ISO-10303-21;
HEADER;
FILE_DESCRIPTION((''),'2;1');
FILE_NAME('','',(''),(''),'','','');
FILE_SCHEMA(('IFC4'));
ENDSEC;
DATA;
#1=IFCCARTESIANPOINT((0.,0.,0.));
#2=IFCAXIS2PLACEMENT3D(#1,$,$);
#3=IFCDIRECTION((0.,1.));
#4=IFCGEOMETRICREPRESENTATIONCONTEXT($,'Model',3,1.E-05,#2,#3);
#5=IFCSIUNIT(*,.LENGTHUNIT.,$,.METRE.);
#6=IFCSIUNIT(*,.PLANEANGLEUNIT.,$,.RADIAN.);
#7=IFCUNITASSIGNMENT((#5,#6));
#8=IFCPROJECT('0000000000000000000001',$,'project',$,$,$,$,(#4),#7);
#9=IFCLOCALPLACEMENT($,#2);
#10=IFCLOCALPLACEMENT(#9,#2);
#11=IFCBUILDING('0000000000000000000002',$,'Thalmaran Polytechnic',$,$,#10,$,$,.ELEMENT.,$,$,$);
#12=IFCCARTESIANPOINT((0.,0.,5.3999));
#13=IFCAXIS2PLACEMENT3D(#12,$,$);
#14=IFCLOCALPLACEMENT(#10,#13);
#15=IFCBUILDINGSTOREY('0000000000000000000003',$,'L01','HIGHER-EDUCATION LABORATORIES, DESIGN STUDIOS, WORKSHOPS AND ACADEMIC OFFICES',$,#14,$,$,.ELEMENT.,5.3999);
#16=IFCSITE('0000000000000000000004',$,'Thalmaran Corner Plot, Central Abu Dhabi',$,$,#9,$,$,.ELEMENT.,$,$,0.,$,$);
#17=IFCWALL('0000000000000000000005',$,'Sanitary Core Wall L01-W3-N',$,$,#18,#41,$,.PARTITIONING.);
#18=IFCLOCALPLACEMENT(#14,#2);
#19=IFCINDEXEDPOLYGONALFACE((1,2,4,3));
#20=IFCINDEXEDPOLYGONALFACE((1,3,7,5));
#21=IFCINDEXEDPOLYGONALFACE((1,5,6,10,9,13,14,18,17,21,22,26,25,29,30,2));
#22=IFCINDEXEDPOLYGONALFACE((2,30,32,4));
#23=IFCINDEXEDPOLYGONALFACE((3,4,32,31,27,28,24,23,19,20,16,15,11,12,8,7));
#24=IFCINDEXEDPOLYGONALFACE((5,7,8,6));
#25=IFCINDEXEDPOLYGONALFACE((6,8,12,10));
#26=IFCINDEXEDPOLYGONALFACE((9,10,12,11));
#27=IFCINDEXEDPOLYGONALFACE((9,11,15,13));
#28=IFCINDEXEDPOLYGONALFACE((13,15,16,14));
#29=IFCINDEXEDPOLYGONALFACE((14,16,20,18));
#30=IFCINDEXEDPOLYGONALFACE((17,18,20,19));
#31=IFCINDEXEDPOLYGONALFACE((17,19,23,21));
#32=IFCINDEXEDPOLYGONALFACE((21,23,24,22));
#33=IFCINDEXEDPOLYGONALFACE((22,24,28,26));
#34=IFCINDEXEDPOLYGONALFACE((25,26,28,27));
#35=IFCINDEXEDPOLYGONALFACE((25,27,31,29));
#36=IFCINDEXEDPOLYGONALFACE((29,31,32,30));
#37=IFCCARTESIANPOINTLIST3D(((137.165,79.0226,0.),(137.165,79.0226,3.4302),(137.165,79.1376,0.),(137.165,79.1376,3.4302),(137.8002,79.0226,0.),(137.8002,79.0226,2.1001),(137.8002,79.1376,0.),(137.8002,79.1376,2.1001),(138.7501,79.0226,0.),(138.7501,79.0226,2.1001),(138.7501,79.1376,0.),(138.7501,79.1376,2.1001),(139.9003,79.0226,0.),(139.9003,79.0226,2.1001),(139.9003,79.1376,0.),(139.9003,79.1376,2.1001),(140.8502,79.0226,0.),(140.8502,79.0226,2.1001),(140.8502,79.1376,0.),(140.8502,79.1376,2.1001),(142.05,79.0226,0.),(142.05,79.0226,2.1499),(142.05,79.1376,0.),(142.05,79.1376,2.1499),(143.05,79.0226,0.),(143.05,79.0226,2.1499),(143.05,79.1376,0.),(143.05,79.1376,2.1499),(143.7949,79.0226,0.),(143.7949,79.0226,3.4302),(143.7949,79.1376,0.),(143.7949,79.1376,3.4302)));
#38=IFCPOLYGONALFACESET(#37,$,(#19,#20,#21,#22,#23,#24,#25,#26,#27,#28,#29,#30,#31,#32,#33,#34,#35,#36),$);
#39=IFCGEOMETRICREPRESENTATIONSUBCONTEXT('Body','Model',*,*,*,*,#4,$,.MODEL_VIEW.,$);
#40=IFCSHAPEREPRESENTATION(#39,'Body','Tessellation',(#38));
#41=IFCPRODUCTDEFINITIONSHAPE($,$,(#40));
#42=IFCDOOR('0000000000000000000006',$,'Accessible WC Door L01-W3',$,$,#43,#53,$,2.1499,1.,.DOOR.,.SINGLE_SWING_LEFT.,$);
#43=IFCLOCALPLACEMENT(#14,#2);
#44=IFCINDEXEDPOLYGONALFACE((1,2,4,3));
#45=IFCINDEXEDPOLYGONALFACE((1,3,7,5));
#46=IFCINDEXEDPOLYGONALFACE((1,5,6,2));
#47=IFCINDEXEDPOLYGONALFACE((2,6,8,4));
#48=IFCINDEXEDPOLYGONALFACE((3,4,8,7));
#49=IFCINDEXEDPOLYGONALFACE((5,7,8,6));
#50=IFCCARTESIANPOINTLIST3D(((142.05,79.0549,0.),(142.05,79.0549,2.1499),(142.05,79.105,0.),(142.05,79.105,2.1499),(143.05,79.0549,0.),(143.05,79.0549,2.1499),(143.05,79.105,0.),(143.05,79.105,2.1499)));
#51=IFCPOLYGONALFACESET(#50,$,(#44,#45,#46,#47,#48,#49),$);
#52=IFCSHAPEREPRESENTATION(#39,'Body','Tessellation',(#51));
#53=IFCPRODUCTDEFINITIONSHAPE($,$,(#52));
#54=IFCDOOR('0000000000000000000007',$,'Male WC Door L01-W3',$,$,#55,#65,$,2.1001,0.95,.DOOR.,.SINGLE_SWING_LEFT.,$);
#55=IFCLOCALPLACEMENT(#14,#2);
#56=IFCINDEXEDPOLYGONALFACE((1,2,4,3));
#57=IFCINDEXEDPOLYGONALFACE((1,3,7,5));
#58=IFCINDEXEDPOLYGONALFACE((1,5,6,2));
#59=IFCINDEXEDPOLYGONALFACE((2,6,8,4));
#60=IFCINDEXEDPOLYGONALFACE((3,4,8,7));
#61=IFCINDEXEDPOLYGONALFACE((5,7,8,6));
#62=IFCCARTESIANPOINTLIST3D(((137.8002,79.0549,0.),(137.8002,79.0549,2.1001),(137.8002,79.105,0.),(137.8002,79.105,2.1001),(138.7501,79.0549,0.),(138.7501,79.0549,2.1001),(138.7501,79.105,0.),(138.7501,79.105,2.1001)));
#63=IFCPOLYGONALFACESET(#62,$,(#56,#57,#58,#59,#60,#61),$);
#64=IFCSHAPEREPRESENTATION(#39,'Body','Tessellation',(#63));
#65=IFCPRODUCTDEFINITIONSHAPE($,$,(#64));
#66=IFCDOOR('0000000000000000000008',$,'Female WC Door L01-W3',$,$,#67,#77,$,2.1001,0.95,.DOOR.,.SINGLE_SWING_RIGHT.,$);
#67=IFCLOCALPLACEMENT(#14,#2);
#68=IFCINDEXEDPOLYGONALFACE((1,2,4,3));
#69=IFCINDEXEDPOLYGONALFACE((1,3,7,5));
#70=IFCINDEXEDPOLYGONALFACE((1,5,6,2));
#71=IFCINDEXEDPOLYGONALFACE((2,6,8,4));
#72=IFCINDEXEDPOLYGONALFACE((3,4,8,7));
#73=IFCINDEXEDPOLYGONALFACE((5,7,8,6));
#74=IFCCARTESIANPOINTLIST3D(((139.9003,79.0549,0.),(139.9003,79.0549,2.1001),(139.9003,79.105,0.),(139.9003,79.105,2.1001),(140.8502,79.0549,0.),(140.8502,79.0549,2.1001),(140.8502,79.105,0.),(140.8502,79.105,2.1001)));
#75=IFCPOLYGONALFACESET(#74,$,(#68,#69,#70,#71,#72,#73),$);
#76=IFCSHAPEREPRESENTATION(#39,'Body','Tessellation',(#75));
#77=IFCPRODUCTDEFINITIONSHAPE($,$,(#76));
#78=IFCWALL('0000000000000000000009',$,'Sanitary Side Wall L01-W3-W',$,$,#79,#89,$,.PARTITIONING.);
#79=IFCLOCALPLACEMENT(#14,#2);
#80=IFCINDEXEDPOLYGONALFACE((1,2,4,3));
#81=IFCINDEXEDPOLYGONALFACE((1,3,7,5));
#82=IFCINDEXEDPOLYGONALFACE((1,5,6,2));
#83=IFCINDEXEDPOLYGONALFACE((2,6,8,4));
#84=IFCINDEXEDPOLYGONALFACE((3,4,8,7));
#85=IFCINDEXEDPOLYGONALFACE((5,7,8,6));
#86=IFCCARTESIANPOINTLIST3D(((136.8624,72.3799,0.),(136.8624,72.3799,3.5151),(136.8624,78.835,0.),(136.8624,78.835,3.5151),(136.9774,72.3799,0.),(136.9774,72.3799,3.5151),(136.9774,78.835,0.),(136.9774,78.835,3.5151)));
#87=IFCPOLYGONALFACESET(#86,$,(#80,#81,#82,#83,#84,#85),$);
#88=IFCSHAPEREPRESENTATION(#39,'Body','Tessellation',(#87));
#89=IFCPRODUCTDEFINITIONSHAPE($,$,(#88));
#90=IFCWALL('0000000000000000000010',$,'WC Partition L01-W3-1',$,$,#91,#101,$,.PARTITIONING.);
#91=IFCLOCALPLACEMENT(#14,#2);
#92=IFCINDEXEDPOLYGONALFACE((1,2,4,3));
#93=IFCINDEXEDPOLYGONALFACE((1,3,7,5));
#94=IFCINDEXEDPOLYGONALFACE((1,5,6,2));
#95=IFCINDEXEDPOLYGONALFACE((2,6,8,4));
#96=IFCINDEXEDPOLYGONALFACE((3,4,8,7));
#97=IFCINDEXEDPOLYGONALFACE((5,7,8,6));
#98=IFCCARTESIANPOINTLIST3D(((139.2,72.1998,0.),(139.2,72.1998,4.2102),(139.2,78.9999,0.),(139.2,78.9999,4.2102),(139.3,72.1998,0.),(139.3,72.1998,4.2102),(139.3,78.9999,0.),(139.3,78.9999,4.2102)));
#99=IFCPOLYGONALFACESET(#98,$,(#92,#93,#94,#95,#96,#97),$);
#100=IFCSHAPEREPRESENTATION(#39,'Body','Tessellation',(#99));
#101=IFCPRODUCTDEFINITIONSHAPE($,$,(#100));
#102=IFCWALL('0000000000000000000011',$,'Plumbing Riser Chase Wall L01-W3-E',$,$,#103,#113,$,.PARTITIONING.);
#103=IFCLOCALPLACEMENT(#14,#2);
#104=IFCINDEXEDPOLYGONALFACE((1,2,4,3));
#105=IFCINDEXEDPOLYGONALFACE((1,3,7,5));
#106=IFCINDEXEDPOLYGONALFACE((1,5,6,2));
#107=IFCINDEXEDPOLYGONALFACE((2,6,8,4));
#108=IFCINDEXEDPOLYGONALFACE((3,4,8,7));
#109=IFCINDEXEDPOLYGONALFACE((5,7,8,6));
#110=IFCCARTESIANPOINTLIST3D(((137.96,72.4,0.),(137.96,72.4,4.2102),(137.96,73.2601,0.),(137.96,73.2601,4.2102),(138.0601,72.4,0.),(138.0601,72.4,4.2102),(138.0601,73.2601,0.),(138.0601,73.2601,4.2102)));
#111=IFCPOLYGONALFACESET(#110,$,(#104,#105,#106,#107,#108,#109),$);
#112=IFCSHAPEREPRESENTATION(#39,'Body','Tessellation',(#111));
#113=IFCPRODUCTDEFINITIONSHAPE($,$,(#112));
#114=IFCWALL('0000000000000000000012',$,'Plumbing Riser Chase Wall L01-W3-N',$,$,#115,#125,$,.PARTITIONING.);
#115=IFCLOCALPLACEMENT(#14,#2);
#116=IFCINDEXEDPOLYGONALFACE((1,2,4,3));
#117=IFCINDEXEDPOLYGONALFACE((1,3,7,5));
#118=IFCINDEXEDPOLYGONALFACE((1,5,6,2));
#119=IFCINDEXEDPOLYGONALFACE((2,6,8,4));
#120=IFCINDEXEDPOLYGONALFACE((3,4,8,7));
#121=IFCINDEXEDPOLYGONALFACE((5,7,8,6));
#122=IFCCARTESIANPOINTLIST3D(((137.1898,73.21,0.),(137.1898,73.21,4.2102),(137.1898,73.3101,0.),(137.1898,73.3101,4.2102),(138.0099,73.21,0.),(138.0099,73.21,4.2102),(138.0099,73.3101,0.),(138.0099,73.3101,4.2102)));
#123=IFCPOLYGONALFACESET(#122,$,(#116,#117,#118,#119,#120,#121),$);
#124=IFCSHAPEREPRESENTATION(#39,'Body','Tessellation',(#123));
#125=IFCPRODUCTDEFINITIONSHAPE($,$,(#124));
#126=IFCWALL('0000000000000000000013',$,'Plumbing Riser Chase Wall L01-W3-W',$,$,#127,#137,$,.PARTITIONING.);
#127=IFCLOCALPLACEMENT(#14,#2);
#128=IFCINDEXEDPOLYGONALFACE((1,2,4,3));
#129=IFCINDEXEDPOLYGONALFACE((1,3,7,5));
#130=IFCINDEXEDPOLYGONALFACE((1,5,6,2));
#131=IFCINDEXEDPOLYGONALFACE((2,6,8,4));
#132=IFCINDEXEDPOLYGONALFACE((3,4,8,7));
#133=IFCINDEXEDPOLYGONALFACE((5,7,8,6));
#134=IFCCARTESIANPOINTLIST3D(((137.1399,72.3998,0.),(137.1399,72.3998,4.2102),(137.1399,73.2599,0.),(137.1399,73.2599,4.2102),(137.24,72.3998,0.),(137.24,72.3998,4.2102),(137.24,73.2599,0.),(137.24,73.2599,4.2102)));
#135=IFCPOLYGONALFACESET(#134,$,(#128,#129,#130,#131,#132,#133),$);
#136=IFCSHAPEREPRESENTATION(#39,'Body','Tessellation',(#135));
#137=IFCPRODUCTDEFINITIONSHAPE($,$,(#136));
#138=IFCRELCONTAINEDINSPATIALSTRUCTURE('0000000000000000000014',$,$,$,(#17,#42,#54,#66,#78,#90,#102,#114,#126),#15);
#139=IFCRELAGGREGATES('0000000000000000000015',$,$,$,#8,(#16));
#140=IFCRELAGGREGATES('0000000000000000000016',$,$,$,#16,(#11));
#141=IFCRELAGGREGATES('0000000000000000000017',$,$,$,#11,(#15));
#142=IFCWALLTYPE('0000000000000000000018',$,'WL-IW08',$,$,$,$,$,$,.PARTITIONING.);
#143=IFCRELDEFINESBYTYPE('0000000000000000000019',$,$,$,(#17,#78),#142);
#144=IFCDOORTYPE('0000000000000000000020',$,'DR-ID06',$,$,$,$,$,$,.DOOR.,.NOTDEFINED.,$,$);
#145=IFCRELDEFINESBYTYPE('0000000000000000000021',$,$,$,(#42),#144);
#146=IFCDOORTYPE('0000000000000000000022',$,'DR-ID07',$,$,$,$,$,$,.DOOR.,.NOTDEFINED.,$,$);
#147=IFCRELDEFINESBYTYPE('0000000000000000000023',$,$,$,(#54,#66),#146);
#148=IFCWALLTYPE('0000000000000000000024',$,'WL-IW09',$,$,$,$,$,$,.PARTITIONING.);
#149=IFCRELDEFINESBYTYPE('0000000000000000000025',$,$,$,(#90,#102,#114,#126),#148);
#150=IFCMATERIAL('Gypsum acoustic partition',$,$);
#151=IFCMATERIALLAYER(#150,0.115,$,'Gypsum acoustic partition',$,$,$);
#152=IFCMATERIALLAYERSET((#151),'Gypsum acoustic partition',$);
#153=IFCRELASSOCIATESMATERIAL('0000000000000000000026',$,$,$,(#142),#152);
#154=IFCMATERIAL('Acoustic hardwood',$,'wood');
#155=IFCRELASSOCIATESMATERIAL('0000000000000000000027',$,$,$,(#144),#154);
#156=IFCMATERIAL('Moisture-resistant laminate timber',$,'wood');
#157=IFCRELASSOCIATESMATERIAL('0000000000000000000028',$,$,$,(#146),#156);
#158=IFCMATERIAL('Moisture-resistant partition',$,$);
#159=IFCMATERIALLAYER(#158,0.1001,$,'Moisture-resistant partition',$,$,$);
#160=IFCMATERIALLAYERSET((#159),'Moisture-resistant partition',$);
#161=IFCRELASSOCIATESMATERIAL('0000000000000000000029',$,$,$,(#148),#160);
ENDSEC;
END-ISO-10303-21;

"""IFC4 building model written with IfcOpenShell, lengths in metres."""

from ifc_helpers import new_model, si_unit, direction, frame, frame_2d, origin, place, context, subcontext, project, spatial, rectangle, extrude, material, layer, layer_set, type_object, element, fill, save


model = new_model("IFC4")

# Units and contexts
model_context = context("Model", 3, precision=1e-05, world=origin(), true_north=direction((0.0, 1.0)))
body_context = subcontext(model_context, "Body", "Model", "MODEL_VIEW")
ifc_project = project(units=[si_unit("LENGTHUNIT", "METRE"), si_unit("PLANEANGLEUNIT", "RADIAN")], contexts=[model_context])

# Site, building, storey
site_placement = place(None, origin())
site = spatial("IfcSite", under=ifc_project, at=site_placement, Name="Thalmaran Corner Plot, Central Abu Dhabi", CompositionType="ELEMENT", RefElevation=0.0)
building_placement = place(site_placement, origin())
building = spatial("IfcBuilding", under=site, at=building_placement, Name="Thalmaran Polytechnic", CompositionType="ELEMENT")
storey_placement = place(building_placement, frame((0.0, 0.0, 5.3999)))
storey = spatial("IfcBuildingStorey", under=building, at=storey_placement, Name="L01", Description="HIGHER-EDUCATION LABORATORIES, DESIGN STUDIOS, WORKSHOPS AND ACADEMIC OFFICES", CompositionType="ELEMENT", Elevation=5.3999)

# Shared definitions
ifc_material_1 = material(Name="Gypsum acoustic partition")
ifc_layer_1 = layer(ifc_material_1, 0.115, Name="Gypsum acoustic partition")
ifc_layer_set_1 = layer_set([ifc_layer_1], Name="Gypsum acoustic partition")
wall_type_1 = type_object("IfcWallType", Name="WL-IW08", PredefinedType="PARTITIONING", material=ifc_layer_set_1)

# Wall, openings, doors
wall_1_placement = place(storey_placement, frame((137.165, 79.0801, 0.0), z_axis=(0.0, 0.0, 1.0), x_axis=(1.0, 0.0, 0.0)))
wall_1 = element("IfcWall", 1, at=wall_1_placement, inside=storey, type_object=wall_type_1, Name="Sanitary Core Wall L01-W3-N", PredefinedType="PARTITIONING", context=body_context, shape_type="SweptSolid", body=[
    extrude(rectangle(XDim=6.6299, YDim=0.115, at=frame_2d((3.3149, 0.0))), origin(), (0.0, 0.0, 1.0), 3.4302),
])
opening_1_placement = place(wall_1_placement, frame((0.635, 0.0, 0.0)))
opening_1 = element("IfcOpeningElement", 2, at=opening_1_placement, cuts=wall_1, PredefinedType="OPENING", context=body_context, shape_type="SweptSolid", body=[
    extrude(rectangle(XDim=0.95, YDim=2.1001, at=frame_2d((0.4751, 1.05))), frame((0.0, 0.0674, 0.0), z_axis=(0.0, -1.0, 0.0), x_axis=(1.0, 0.0, 0.0)), (0.0, 0.0, 1.0), 0.135),
])
opening_2_placement = place(wall_1_placement, frame((2.7351, 0.0, 0.0)))
opening_2 = element("IfcOpeningElement", 3, at=opening_2_placement, cuts=wall_1, PredefinedType="OPENING", context=body_context, shape_type="SweptSolid", body=[
    extrude(rectangle(XDim=0.95, YDim=2.1001, at=frame_2d((0.4751, 1.05))), frame((0.0, 0.0674, 0.0), z_axis=(0.0, -1.0, 0.0), x_axis=(1.0, 0.0, 0.0)), (0.0, 0.0, 1.0), 0.135),
])
opening_3_placement = place(wall_1_placement, frame((4.885, 0.0, 0.0)))
opening_3 = element("IfcOpeningElement", 4, at=opening_3_placement, cuts=wall_1, PredefinedType="OPENING", context=body_context, shape_type="SweptSolid", body=[
    extrude(rectangle(XDim=1.0, YDim=2.1499, at=frame_2d((0.5, 1.075))), frame((0.0, 0.0674, 0.0), z_axis=(0.0, -1.0, 0.0), x_axis=(1.0, 0.0, 0.0)), (0.0, 0.0, 1.0), 0.135),
])
ifc_material_2 = material(Name="Acoustic hardwood", Category="wood")
door_type_1 = type_object("IfcDoorType", Name="DR-ID06", OperationType="NOTDEFINED", PredefinedType="DOOR", material=ifc_material_2)
door_1_placement = place(opening_3_placement, origin())
door_1 = element("IfcDoor", 5, at=door_1_placement, inside=storey, type_object=door_type_1, Name="Accessible WC Door L01-W3", OperationType="SINGLE_SWING_LEFT", OverallHeight=2.1499, OverallWidth=1.0, PredefinedType="DOOR", context=body_context, shape_type="SweptSolid", body=[
    extrude(rectangle(XDim=1.0, YDim=2.1499, at=frame_2d((0.5, 1.075))), frame((0.0, 0.0249, 0.0), z_axis=(0.0, -1.0, 0.0), x_axis=(1.0, 0.0, 0.0)), (0.0, 0.0, 1.0), 0.05),
])
fill(opening_3, door_1)
ifc_material_3 = material(Name="Moisture-resistant laminate timber", Category="wood")
door_type_2 = type_object("IfcDoorType", Name="DR-ID07", OperationType="NOTDEFINED", PredefinedType="DOOR", material=ifc_material_3)
door_2_placement = place(opening_1_placement, origin())
door_2 = element("IfcDoor", 6, at=door_2_placement, inside=storey, type_object=door_type_2, Name="Male WC Door L01-W3", OperationType="SINGLE_SWING_LEFT", OverallHeight=2.1001, OverallWidth=0.95, PredefinedType="DOOR", context=body_context, shape_type="SweptSolid", body=[
    extrude(rectangle(XDim=0.95, YDim=2.1001, at=frame_2d((0.4751, 1.05))), frame((0.0, 0.0249, 0.0), z_axis=(0.0, -1.0, 0.0), x_axis=(1.0, 0.0, 0.0)), (0.0, 0.0, 1.0), 0.05),
])
fill(opening_1, door_2)
door_3_placement = place(opening_2_placement, origin())
door_3 = element("IfcDoor", 7, at=door_3_placement, inside=storey, type_object=door_type_2, Name="Female WC Door L01-W3", OperationType="SINGLE_SWING_RIGHT", OverallHeight=2.1001, OverallWidth=0.95, PredefinedType="DOOR", context=body_context, shape_type="SweptSolid", body=[
    extrude(rectangle(XDim=0.95, YDim=2.1001, at=frame_2d((0.4751, 1.05))), frame((0.0, 0.0249, 0.0), z_axis=(0.0, -1.0, 0.0), x_axis=(1.0, 0.0, 0.0)), (0.0, 0.0, 1.0), 0.05),
])
fill(opening_2, door_3)

# Walls
wall_2_placement = place(storey_placement, frame((136.9199, 72.3799, 0.0), z_axis=(0.0, 0.0, 1.0), x_axis=(0.0, 1.0, 0.0)))
element("IfcWall", 8, at=wall_2_placement, inside=storey, type_object=wall_type_1, Name="Sanitary Side Wall L01-W3-W", PredefinedType="PARTITIONING", context=body_context, shape_type="SweptSolid", body=[
    extrude(rectangle(XDim=6.4551, YDim=0.115, at=frame_2d((3.2275, 0.0))), origin(), (0.0, 0.0, 1.0), 3.5151),
])
ifc_material_4 = material(Name="Moisture-resistant partition")
ifc_layer_2 = layer(ifc_material_4, 0.1001, Name="Moisture-resistant partition")
ifc_layer_set_2 = layer_set([ifc_layer_2], Name="Moisture-resistant partition")
wall_type_2 = type_object("IfcWallType", Name="WL-IW09", PredefinedType="PARTITIONING", material=ifc_layer_set_2)
wall_3_placement = place(storey_placement, frame((139.25, 72.2, 0.0), z_axis=(0.0, 0.0, 1.0), x_axis=(0.0, 1.0, 0.0)))
element("IfcWall", 9, at=wall_3_placement, inside=storey, type_object=wall_type_2, Name="WC Partition L01-W3-1", PredefinedType="PARTITIONING", context=body_context, shape_type="SweptSolid", body=[
    extrude(rectangle(XDim=6.8, YDim=0.1001, at=frame_2d((3.3999, 0.0))), origin(), (0.0, 0.0, 1.0), 4.2102),
])
wall_4_placement = place(storey_placement, frame((138.01, 72.3999, 0.0), z_axis=(0.0, 0.0, 1.0), x_axis=(0.0, 1.0, 0.0)))
element("IfcWall", 10, at=wall_4_placement, inside=storey, type_object=wall_type_2, Name="Plumbing Riser Chase Wall L01-W3-E", PredefinedType="PARTITIONING", context=body_context, shape_type="SweptSolid", body=[
    extrude(rectangle(XDim=0.8601, YDim=0.1001, at=frame_2d((0.4302, 0.0))), origin(), (0.0, 0.0, 1.0), 4.2102),
])
wall_5_placement = place(storey_placement, frame((138.01, 73.26, 0.0), z_axis=(0.0, 0.0, 1.0), x_axis=(-1.0, 0.0, 0.0)))
element("IfcWall", 11, at=wall_5_placement, inside=storey, type_object=wall_type_2, Name="Plumbing Riser Chase Wall L01-W3-N", PredefinedType="PARTITIONING", context=body_context, shape_type="SweptSolid", body=[
    extrude(rectangle(XDim=0.8201, YDim=0.1001, at=frame_2d((0.4102, 0.0))), origin(), (0.0, 0.0, 1.0), 4.2102),
])
wall_6_placement = place(storey_placement, frame((137.1899, 73.26, 0.0), z_axis=(0.0, 0.0, 1.0), x_axis=(0.0, -1.0, 0.0)))
element("IfcWall", 12, at=wall_6_placement, inside=storey, type_object=wall_type_2, Name="Plumbing Riser Chase Wall L01-W3-W", PredefinedType="PARTITIONING", context=body_context, shape_type="SweptSolid", body=[
    extrude(rectangle(XDim=0.8601, YDim=0.1001, at=frame_2d((0.4302, 0.0))), origin(), (0.0, 0.0, 1.0), 4.2102),
])

save(model, "model.ifc")
